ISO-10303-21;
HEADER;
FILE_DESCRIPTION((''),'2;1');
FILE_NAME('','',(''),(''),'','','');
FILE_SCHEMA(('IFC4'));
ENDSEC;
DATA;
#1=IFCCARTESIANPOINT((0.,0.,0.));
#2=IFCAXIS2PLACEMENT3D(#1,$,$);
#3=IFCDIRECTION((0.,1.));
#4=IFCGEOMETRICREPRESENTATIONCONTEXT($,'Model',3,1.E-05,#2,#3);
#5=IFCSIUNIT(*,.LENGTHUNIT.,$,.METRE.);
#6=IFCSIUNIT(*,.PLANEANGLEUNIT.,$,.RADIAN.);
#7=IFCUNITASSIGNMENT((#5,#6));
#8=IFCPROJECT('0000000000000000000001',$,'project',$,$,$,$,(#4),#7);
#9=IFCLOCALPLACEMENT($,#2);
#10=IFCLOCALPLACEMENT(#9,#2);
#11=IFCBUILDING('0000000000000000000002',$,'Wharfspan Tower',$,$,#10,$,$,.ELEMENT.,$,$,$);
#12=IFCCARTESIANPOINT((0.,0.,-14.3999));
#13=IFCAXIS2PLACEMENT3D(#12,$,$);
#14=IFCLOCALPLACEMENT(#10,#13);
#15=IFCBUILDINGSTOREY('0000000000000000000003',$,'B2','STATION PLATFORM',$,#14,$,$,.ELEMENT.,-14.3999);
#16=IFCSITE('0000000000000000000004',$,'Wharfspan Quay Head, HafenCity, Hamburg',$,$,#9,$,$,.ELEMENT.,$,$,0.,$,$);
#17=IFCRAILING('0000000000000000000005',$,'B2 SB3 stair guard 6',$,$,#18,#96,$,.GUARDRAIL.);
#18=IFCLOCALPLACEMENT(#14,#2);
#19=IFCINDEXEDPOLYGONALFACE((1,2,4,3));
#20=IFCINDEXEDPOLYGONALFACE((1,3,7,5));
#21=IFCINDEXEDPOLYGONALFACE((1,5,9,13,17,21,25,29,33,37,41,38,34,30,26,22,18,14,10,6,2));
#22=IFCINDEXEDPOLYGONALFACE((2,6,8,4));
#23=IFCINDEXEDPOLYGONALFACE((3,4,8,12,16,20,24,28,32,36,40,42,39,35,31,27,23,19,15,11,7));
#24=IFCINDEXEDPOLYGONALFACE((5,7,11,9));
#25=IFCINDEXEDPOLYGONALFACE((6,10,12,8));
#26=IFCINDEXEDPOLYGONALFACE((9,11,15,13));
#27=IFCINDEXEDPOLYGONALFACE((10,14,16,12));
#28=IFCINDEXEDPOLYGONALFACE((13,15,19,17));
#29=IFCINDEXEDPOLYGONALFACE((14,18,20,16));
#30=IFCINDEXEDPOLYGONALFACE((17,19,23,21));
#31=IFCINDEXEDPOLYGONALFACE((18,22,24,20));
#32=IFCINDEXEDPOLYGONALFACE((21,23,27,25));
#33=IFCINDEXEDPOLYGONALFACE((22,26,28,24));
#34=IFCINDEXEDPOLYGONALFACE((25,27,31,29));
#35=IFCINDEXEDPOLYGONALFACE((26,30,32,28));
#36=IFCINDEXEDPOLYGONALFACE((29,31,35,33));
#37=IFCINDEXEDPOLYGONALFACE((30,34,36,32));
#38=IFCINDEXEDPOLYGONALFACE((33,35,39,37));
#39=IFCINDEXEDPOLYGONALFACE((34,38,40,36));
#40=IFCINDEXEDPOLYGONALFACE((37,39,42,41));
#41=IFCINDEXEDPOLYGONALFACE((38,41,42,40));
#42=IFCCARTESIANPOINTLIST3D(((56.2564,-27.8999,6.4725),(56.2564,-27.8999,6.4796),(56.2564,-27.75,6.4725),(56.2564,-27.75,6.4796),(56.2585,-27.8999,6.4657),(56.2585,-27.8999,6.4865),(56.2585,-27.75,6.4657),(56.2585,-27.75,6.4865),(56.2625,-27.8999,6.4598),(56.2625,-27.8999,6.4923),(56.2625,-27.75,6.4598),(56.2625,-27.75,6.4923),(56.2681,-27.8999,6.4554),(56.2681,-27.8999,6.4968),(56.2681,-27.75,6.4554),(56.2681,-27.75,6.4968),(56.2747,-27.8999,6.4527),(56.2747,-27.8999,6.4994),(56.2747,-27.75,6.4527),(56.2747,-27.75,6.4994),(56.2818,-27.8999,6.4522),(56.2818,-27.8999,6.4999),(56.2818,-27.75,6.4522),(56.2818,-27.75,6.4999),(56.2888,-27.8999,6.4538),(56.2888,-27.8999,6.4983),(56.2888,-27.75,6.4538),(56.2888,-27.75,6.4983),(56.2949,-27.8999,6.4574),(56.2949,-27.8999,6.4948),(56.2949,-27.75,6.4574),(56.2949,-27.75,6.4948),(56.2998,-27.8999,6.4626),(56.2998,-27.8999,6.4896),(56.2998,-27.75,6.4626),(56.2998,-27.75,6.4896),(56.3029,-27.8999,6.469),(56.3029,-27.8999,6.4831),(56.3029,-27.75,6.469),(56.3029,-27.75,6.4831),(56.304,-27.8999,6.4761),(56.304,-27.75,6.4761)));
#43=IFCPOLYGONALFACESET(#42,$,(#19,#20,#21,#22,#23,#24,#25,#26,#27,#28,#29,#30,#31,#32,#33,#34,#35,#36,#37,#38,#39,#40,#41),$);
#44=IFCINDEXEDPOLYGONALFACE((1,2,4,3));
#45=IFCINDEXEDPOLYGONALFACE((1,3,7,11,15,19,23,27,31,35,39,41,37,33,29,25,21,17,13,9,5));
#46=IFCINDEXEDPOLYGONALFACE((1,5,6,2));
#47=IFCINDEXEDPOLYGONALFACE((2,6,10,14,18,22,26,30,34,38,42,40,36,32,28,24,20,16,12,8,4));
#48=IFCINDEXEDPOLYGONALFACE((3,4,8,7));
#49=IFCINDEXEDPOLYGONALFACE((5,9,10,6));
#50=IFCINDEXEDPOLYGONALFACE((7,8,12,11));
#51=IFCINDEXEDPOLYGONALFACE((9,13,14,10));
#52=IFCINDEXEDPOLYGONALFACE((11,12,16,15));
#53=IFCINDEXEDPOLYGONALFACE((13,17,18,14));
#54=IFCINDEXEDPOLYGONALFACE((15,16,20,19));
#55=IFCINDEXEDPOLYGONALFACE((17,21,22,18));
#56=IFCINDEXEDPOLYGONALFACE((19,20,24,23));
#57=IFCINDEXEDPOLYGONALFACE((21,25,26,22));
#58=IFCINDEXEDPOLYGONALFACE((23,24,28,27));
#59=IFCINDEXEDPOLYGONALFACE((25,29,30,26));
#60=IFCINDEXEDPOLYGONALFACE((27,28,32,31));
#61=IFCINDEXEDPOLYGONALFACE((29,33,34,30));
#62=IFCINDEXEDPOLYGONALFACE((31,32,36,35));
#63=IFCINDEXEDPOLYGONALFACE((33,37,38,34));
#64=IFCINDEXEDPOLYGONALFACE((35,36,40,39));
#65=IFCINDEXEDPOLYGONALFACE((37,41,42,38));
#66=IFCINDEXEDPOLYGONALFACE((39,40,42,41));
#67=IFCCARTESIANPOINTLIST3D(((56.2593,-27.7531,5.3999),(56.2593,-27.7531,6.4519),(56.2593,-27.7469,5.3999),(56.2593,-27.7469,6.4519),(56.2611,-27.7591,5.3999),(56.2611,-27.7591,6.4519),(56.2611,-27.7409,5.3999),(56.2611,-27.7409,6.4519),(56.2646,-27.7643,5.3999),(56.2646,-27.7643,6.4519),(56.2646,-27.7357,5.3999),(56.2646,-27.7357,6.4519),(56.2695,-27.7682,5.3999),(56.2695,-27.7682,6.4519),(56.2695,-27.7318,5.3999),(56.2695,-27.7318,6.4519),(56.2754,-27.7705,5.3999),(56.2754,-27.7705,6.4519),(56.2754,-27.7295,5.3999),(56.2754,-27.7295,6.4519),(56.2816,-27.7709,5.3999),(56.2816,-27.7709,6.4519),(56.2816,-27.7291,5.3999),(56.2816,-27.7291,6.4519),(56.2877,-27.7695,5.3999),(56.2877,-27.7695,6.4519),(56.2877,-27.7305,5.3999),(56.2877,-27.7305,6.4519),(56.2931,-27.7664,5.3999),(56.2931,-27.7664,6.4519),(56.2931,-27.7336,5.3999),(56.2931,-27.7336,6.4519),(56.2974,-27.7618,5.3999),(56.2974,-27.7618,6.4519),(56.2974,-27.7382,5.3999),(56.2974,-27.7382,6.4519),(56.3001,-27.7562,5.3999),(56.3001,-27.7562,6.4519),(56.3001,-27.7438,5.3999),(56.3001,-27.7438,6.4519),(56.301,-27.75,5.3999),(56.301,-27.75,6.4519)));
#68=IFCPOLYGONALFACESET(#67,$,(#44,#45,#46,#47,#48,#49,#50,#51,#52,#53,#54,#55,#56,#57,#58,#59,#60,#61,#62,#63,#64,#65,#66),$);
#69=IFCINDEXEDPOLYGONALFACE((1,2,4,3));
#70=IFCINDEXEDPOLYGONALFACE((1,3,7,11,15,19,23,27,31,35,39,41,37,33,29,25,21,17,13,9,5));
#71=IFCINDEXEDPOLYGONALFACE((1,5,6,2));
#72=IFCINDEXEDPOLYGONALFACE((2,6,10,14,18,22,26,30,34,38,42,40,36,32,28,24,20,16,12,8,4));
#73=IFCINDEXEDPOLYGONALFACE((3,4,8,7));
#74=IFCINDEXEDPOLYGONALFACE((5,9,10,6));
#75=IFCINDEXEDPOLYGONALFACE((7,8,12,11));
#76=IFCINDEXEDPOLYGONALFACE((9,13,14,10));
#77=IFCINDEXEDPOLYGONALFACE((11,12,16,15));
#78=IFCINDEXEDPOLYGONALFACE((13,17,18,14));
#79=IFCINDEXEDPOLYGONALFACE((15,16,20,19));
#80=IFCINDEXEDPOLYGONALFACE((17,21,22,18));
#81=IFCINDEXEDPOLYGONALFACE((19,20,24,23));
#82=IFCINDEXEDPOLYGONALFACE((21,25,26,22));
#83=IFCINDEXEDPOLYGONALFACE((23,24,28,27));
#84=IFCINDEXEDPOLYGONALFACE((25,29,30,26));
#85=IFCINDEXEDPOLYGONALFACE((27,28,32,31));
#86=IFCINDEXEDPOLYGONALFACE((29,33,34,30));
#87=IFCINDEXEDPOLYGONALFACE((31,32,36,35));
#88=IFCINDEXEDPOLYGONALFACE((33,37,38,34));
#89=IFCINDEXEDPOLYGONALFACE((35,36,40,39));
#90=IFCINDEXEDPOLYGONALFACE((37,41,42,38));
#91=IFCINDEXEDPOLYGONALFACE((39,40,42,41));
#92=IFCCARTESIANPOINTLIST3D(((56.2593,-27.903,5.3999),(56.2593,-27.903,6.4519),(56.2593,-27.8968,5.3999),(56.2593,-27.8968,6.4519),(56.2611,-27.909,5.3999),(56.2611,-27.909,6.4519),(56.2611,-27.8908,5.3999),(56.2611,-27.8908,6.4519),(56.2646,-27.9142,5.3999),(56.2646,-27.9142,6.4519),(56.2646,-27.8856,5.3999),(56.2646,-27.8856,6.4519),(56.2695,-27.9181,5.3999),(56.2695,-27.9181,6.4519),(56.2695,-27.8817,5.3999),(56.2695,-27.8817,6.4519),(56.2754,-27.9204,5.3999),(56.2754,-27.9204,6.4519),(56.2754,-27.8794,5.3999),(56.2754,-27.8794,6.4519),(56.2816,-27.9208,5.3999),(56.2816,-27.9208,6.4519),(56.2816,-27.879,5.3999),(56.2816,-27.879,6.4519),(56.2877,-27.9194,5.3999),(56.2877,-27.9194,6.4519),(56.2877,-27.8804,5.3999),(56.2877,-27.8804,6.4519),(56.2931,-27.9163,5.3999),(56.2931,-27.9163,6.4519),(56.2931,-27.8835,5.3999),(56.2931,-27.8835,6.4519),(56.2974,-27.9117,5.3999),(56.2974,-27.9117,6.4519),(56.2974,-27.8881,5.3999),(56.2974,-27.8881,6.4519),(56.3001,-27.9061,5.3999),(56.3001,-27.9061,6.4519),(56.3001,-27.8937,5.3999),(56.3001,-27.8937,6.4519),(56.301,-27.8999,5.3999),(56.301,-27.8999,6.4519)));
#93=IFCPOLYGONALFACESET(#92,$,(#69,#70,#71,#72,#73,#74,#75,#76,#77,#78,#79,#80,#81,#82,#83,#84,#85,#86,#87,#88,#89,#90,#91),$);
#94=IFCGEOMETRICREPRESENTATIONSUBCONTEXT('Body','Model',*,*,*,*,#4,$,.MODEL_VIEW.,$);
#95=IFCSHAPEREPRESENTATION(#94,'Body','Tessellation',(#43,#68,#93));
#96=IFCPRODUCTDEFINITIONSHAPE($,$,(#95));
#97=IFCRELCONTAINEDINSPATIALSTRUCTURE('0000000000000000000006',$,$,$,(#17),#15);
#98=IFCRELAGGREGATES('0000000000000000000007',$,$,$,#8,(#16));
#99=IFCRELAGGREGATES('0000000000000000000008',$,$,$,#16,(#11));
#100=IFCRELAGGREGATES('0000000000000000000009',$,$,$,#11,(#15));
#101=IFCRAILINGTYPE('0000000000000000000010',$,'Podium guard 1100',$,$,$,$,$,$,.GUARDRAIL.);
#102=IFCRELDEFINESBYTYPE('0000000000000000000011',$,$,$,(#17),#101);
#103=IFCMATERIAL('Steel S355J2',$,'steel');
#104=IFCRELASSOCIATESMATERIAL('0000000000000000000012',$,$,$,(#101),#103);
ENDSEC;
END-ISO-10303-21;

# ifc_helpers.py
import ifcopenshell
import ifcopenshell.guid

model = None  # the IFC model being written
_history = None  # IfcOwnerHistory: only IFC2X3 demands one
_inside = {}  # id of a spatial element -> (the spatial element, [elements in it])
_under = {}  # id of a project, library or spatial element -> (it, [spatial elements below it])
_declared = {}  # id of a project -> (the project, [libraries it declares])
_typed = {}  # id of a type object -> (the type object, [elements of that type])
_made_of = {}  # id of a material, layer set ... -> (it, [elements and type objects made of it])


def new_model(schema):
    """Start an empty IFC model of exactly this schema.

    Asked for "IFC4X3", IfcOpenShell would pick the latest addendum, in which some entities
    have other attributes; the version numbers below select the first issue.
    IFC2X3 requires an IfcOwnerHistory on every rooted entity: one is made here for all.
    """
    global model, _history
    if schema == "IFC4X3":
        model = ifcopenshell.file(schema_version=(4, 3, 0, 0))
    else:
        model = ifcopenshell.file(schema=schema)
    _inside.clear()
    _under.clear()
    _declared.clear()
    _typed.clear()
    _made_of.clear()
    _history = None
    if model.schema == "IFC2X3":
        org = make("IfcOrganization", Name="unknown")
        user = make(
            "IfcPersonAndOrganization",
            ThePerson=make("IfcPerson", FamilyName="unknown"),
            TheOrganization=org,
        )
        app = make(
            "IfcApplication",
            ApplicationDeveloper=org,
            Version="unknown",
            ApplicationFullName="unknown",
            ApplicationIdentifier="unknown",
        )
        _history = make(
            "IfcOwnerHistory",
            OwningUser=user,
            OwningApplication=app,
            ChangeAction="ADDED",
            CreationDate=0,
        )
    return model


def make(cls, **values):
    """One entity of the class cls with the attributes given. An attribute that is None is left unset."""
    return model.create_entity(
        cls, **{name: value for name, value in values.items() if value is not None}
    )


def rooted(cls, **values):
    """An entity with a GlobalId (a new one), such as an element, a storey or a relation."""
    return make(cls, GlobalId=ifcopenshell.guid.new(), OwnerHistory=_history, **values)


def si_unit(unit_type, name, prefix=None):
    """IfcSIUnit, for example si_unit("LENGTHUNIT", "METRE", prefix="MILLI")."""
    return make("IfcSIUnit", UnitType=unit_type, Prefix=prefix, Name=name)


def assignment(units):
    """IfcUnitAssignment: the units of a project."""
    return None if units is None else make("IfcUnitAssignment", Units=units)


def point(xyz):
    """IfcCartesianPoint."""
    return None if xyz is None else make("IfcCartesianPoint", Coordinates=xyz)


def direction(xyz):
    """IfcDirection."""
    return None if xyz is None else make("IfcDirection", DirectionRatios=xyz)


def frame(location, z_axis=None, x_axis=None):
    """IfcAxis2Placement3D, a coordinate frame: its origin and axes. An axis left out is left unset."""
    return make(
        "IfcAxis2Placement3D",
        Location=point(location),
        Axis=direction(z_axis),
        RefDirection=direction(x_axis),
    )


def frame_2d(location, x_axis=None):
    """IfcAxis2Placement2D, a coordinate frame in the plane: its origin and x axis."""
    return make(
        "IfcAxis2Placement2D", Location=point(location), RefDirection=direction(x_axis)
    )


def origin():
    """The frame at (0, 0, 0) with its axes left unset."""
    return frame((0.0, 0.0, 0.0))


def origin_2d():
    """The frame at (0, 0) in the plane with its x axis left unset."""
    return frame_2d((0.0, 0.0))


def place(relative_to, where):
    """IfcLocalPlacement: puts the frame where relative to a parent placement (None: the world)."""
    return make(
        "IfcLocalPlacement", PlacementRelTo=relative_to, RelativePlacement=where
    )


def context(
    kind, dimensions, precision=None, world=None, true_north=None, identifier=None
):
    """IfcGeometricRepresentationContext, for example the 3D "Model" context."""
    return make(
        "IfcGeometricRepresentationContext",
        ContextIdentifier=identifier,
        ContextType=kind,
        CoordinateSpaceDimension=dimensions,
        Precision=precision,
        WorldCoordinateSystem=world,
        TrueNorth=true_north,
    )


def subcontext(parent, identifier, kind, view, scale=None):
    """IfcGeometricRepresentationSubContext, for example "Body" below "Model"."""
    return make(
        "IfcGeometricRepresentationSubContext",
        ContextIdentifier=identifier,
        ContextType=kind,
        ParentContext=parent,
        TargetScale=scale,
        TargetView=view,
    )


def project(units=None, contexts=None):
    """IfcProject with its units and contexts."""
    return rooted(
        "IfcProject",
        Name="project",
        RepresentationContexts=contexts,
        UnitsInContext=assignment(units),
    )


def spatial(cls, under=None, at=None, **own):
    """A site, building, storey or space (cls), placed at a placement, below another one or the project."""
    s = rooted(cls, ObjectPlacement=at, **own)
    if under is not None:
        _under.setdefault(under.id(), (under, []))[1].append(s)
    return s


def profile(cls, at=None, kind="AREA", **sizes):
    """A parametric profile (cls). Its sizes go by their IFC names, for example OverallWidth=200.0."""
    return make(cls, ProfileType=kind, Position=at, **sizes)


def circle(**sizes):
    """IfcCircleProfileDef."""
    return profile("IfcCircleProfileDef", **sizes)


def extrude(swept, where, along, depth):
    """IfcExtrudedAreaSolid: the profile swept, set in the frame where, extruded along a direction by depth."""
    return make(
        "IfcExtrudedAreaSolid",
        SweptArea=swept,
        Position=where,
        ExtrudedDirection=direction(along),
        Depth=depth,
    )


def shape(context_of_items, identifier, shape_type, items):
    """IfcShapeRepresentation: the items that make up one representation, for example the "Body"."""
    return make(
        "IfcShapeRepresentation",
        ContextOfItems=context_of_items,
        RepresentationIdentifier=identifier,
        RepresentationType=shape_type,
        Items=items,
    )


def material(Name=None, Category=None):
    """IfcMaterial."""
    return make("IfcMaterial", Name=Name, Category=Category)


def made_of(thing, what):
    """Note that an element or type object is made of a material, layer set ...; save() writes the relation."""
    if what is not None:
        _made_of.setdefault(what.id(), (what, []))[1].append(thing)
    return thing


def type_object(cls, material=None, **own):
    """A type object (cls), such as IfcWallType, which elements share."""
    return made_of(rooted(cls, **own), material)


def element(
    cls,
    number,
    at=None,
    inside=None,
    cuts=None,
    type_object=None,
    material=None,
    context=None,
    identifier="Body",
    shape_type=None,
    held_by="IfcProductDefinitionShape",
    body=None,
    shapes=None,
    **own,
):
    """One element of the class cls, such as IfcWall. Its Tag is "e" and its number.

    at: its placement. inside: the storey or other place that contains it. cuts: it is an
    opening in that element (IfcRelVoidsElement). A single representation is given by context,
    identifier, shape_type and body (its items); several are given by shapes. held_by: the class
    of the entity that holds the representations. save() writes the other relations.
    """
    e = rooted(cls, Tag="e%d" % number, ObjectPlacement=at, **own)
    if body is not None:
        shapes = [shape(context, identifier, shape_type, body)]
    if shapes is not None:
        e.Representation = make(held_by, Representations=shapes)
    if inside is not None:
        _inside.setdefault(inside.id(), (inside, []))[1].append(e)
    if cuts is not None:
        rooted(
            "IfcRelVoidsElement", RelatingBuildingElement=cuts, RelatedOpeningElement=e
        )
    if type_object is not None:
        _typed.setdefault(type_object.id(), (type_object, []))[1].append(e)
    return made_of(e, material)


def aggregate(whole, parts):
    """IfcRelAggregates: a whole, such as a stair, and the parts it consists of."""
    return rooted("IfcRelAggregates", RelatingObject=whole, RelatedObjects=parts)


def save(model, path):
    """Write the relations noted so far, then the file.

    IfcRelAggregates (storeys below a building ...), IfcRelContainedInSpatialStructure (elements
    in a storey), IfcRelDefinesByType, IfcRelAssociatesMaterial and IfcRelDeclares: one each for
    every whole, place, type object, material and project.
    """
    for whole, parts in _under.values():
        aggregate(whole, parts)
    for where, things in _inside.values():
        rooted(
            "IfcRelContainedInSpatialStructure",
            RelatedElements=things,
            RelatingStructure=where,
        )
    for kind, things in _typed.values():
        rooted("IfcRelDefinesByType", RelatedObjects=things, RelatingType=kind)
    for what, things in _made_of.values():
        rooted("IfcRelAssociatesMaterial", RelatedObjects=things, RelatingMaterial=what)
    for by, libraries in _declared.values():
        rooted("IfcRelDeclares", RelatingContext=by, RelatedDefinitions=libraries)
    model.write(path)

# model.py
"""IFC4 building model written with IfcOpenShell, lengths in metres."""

from ifc_helpers import new_model, si_unit, direction, frame, origin, origin_2d, place, context, subcontext, project, spatial, circle, extrude, material, type_object, element, save


model = new_model("IFC4")

# Units and contexts
model_context = context("Model", 3, precision=1e-05, world=origin(), true_north=direction((0.0, 1.0)))
body_context = subcontext(model_context, "Body", "Model", "MODEL_VIEW")
ifc_project = project(units=[si_unit("LENGTHUNIT", "METRE"), si_unit("PLANEANGLEUNIT", "RADIAN")], contexts=[model_context])

# Site, building, storey
site_placement = place(None, origin())
site = spatial("IfcSite", under=ifc_project, at=site_placement, Name="Wharfspan Quay Head, HafenCity, Hamburg", CompositionType="ELEMENT", RefElevation=0.0)
building_placement = place(site_placement, origin())
building = spatial("IfcBuilding", under=site, at=building_placement, Name="Wharfspan Tower", CompositionType="ELEMENT")
storey_placement = place(building_placement, frame((0.0, 0.0, -14.3999)))
storey = spatial("IfcBuildingStorey", under=building, at=storey_placement, Name="B2", Description="STATION PLATFORM", CompositionType="ELEMENT", Elevation=-14.3999)

# Railing
ifc_material_1 = material(Name="Steel S355J2", Category="steel")
railing_type_1 = type_object("IfcRailingType", Name="Podium guard 1100", PredefinedType="GUARDRAIL", material=ifc_material_1)
for number, where, name in (
    (1, (56.28, -27.75, 5.3999), "B2 SB3 stair guard 6"),
):
    element("IfcRailing", number, at=place(storey_placement, frame(where)), inside=storey, type_object=railing_type_1, Name=name, PredefinedType="GUARDRAIL", context=body_context, shape_type="SweptSolid", body=[
        extrude(circle(Radius=0.0239, at=origin_2d()), frame((0.0, 0.0, 1.0762), z_axis=(0.0, -1.0, 0.0), x_axis=(1.0, 0.0, 0.0)), (0.0, 0.0, 1.0), 0.1499),
        extrude(circle(Radius=0.021, at=origin_2d()), origin(), (0.0, 0.0, 1.0), 1.052),
        extrude(circle(Radius=0.021, at=origin_2d()), frame((0.0, -0.1499, 0.0)), (0.0, 0.0, 1.0), 1.052),
    ])

save(model, "model.ifc")
